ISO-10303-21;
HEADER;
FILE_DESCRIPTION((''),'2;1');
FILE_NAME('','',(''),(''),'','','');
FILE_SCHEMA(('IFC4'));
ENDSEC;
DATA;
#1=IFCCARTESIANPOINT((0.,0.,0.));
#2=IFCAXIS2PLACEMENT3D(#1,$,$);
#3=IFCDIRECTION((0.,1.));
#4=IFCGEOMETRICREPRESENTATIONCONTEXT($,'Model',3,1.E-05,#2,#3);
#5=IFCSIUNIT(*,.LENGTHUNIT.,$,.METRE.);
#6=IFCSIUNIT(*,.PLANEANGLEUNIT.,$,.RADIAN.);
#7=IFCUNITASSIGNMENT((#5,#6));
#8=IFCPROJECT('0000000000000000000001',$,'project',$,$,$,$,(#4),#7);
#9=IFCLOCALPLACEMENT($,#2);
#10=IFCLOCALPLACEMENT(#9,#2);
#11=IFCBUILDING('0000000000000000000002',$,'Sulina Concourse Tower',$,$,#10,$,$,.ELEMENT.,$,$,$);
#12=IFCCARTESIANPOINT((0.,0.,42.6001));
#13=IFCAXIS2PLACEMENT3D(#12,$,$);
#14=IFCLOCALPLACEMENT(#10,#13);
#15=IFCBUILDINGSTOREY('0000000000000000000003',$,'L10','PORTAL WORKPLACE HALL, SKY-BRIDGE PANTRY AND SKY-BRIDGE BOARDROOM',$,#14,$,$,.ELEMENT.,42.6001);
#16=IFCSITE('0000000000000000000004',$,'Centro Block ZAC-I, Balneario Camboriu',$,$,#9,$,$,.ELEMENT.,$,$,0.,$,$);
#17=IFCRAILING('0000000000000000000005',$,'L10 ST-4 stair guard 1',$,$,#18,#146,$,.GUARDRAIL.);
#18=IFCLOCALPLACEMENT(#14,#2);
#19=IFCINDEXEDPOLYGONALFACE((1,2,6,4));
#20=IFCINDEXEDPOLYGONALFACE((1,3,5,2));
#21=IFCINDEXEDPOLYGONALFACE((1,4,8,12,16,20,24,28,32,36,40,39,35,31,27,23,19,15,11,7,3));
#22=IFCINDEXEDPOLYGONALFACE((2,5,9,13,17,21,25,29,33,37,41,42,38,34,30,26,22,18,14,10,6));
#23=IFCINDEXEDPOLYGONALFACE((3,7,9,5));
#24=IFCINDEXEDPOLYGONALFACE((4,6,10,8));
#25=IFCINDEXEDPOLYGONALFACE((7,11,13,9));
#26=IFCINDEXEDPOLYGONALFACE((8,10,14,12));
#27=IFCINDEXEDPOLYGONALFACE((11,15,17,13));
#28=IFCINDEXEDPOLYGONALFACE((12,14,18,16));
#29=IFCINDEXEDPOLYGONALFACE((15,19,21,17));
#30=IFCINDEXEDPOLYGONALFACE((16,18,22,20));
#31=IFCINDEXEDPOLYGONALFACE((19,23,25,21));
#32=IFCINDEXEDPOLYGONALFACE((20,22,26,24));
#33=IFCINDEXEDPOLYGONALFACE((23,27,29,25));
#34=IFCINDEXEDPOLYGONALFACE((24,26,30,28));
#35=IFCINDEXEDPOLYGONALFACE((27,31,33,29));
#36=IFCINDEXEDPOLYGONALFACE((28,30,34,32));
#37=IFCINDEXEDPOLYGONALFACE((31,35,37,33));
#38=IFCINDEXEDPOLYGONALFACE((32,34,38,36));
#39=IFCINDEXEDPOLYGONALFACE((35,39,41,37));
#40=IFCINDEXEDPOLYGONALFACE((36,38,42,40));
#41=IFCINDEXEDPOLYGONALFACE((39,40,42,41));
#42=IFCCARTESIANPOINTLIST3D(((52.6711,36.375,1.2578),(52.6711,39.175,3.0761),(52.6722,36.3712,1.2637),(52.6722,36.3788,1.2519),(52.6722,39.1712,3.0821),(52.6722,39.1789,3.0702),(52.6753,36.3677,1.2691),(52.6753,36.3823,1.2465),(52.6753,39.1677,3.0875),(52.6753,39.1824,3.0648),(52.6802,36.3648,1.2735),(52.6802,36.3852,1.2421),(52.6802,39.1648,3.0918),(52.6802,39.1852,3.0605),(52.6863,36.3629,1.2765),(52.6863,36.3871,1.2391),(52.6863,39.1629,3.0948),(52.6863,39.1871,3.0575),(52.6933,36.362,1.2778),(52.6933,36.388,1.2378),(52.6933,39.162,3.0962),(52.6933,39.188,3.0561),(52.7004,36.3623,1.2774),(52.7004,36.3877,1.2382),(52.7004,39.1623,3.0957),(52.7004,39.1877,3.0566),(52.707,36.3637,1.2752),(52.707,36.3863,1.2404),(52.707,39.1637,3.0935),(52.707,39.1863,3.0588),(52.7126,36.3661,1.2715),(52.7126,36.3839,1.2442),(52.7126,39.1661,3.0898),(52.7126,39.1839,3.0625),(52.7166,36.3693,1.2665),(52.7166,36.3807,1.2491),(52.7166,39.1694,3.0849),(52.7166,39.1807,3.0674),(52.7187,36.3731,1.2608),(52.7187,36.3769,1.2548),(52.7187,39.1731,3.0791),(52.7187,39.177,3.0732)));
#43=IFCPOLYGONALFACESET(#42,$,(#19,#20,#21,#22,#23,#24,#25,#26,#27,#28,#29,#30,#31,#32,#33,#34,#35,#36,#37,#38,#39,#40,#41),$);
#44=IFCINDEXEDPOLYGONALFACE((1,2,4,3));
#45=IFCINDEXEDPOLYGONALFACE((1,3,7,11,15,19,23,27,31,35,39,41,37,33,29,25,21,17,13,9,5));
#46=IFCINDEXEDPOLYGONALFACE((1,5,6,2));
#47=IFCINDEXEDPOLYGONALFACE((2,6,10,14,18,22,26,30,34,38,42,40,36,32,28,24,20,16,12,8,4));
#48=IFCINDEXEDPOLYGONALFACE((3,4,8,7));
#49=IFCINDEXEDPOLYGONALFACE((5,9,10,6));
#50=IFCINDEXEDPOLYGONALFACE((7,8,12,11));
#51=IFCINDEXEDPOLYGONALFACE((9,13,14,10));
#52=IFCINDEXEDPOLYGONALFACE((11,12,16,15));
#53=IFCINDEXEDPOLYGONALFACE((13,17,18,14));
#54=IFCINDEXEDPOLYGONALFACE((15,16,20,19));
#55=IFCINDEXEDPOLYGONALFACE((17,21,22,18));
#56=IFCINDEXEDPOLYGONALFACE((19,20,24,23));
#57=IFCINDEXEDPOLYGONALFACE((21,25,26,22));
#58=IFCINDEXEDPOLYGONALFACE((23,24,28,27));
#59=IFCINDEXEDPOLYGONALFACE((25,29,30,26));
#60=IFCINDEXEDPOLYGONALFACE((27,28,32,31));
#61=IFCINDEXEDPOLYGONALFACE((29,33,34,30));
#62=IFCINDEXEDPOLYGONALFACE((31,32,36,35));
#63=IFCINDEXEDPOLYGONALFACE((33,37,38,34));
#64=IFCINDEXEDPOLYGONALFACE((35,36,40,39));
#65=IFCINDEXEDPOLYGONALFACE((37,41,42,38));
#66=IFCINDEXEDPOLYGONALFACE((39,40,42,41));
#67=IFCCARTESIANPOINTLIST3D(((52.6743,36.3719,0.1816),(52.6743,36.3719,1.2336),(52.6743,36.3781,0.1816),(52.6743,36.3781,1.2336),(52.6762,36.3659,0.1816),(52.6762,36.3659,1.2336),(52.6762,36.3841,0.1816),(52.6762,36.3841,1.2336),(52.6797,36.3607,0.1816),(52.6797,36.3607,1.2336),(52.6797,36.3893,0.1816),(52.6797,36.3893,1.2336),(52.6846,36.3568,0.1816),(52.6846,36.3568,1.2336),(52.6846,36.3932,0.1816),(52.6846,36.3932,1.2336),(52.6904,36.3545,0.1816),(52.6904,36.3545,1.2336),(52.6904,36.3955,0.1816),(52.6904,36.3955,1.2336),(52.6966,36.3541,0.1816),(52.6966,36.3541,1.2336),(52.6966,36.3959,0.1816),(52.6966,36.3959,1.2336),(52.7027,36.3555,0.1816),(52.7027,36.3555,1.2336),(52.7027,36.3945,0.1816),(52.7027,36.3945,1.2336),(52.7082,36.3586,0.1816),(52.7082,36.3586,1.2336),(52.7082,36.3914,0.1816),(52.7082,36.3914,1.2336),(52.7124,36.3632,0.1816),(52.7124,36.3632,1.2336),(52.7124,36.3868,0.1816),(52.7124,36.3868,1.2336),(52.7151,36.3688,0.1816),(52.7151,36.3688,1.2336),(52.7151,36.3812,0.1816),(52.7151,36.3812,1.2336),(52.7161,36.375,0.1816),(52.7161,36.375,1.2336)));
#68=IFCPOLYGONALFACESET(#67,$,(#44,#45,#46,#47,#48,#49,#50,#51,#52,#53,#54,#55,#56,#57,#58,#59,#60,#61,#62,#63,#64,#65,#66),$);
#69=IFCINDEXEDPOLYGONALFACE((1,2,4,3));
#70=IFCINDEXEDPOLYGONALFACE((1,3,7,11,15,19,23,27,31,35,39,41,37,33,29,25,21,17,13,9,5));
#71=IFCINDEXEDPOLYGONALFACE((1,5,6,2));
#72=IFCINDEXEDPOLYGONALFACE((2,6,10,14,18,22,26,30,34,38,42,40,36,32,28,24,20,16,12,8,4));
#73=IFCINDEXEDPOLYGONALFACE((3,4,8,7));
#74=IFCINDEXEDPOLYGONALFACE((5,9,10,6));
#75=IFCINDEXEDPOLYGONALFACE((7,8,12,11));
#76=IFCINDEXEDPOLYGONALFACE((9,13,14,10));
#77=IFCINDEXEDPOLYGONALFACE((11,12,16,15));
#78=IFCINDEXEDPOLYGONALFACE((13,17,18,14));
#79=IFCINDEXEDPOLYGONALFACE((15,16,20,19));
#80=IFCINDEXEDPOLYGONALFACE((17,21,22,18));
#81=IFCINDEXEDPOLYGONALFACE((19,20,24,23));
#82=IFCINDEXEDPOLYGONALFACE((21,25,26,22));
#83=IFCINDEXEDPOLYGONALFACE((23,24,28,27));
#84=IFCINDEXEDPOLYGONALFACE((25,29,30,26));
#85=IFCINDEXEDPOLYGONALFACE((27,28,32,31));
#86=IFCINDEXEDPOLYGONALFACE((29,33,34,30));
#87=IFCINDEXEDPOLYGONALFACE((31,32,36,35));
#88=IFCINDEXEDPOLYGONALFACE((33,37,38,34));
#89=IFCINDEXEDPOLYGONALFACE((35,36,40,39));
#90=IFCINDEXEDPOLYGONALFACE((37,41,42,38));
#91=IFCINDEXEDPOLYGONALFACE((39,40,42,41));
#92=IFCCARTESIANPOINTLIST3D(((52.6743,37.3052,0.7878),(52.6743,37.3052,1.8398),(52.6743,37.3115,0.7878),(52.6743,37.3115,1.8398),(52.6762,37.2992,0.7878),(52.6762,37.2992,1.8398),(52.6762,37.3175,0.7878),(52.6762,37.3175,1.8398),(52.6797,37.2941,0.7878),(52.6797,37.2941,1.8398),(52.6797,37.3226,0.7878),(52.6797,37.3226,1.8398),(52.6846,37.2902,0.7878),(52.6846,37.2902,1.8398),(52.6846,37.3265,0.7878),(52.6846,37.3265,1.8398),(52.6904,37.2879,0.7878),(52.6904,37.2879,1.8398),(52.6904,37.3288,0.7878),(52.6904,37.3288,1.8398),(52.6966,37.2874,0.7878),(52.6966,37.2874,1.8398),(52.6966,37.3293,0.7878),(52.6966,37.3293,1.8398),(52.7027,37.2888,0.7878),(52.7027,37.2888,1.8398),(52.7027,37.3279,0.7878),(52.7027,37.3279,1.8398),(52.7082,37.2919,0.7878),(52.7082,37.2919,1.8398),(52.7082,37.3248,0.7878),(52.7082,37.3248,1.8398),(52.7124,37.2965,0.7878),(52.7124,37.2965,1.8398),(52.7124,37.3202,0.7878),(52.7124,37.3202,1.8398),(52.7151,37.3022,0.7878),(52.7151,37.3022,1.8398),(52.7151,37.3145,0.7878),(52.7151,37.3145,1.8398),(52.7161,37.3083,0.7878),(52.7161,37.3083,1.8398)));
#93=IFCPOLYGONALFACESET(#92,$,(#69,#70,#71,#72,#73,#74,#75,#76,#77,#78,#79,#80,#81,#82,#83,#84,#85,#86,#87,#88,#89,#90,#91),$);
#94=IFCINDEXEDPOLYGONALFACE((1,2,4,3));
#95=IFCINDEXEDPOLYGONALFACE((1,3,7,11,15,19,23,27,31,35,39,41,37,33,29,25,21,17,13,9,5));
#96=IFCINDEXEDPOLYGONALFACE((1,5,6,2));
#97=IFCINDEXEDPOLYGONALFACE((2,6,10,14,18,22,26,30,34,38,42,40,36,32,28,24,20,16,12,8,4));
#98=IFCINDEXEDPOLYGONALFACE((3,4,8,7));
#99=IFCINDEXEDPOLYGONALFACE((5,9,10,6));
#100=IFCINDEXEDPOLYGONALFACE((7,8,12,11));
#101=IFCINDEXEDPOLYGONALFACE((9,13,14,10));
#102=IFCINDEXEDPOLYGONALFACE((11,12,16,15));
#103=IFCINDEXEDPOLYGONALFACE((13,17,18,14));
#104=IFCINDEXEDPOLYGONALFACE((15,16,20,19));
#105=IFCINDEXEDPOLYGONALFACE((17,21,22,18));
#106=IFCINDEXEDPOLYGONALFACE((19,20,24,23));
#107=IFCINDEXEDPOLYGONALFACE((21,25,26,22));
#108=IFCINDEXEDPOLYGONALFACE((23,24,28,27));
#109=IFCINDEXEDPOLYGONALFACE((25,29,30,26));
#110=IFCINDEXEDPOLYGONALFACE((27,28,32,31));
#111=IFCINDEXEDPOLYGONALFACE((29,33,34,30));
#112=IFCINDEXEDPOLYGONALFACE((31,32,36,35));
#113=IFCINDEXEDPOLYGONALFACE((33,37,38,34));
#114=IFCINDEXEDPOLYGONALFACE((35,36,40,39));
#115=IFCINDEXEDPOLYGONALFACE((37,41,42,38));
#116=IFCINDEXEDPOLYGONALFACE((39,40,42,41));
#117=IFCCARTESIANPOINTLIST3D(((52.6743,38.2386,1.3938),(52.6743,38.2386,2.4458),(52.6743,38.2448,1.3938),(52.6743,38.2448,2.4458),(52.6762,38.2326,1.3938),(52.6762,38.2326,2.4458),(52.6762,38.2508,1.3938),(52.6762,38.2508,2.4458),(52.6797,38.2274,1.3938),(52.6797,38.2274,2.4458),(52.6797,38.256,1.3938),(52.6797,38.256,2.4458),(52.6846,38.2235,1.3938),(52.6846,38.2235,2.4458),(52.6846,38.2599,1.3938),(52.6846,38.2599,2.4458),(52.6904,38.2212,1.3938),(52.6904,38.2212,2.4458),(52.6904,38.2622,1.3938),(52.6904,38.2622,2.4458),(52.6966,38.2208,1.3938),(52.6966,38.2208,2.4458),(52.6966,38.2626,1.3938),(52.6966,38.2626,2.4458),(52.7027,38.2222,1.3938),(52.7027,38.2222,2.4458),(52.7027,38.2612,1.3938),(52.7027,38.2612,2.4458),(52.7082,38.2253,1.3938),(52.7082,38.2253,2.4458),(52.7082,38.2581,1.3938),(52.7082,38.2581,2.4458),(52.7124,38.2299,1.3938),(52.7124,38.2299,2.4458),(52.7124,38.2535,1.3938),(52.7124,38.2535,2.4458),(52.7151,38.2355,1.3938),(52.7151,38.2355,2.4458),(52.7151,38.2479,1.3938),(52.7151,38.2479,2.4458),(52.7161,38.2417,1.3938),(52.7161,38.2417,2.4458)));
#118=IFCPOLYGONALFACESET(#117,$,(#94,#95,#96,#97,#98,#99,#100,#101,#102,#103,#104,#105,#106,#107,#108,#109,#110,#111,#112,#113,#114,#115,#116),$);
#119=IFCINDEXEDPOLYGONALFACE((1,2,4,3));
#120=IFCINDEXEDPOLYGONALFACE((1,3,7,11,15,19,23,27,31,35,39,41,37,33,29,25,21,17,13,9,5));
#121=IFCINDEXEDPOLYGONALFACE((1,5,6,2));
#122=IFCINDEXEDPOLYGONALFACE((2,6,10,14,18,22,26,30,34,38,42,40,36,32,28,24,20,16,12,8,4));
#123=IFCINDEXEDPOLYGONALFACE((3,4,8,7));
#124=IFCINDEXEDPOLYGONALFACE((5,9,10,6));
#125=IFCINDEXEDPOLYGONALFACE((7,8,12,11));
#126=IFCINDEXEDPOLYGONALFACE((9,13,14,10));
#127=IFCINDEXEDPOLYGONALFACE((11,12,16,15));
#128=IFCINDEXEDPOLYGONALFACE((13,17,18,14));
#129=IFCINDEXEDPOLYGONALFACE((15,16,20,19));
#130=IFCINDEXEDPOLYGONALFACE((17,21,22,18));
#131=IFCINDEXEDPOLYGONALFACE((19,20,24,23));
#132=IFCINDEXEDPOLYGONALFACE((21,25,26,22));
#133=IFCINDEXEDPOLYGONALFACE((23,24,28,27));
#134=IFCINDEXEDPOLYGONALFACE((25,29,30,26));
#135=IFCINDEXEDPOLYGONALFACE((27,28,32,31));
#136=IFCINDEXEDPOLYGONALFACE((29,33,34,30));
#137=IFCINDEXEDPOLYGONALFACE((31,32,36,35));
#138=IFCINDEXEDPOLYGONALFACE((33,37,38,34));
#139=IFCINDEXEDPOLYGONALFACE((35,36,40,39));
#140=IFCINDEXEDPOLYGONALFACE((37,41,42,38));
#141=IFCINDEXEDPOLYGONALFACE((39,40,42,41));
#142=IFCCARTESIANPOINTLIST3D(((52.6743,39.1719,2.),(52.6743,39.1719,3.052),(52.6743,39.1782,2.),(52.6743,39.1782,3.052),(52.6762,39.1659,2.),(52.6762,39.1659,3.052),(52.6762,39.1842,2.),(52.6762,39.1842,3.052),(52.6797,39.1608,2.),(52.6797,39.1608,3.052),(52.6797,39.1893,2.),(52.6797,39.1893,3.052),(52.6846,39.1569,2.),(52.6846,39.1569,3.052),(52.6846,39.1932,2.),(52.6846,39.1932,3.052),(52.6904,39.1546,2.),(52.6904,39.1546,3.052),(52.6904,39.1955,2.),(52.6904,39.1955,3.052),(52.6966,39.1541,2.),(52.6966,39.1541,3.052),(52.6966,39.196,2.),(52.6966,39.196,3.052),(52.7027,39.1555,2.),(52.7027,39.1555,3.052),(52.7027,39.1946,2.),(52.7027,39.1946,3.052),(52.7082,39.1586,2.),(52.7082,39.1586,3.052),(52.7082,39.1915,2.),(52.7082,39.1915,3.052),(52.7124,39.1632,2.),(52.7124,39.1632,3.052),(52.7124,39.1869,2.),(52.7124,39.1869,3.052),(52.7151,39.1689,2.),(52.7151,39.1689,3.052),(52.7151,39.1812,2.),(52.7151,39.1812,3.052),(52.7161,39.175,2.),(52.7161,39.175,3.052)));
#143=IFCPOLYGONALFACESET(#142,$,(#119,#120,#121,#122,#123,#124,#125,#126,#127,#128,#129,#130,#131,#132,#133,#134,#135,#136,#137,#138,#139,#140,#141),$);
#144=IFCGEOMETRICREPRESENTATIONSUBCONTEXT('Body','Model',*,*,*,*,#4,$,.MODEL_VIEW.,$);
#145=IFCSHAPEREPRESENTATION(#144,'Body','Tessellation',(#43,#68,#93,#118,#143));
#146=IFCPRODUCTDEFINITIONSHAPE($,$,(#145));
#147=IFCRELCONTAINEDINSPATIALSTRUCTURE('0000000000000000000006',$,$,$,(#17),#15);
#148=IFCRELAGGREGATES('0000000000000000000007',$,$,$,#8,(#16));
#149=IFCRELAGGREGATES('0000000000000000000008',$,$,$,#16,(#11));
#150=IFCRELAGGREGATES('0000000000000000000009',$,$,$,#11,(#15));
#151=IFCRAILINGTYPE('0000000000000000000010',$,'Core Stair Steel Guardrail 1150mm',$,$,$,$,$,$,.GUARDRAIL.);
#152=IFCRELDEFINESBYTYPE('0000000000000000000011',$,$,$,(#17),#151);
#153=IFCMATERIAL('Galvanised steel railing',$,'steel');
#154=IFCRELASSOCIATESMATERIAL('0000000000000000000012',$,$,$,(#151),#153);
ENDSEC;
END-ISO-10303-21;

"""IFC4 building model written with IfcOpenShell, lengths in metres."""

from ifc_helpers import new_model, si_unit, direction, frame, origin, origin_2d, place, context, subcontext, project, spatial, circle, extrude, material, type_object, element, save


model = new_model("IFC4")

# Units and contexts
model_context = context("Model", 3, precision=1e-05, world=origin(), true_north=direction((0.0, 1.0)))
body_context = subcontext(model_context, "Body", "Model", "MODEL_VIEW")
ifc_project = project(units=[si_unit("LENGTHUNIT", "METRE"), si_unit("PLANEANGLEUNIT", "RADIAN")], contexts=[model_context])

# Site, building, storey
site_placement = place(None, origin())
site = spatial("IfcSite", under=ifc_project, at=site_placement, Name="Centro Block ZAC-I, Balneario Camboriu", CompositionType="ELEMENT", RefElevation=0.0)
building_placement = place(site_placement, origin())
building = spatial("IfcBuilding", under=site, at=building_placement, Name="Sulina Concourse Tower", CompositionType="ELEMENT")
storey_placement = place(building_placement, frame((0.0, 0.0, 42.6001)))
storey = spatial("IfcBuildingStorey", under=building, at=storey_placement, Name="L10", Description="PORTAL WORKPLACE HALL, SKY-BRIDGE PANTRY AND SKY-BRIDGE BOARDROOM", CompositionType="ELEMENT", Elevation=42.6001)

# Railing
ifc_material_1 = material(Name="Galvanised steel railing", Category="steel")
railing_type_1 = type_object("IfcRailingType", Name="Core Stair Steel Guardrail 1150mm", PredefinedType="GUARDRAIL", material=ifc_material_1)
railing_1_placement = place(storey_placement, frame((52.6951, 36.375, 0.1816)))
element("IfcRailing", 1, at=railing_1_placement, inside=storey, type_object=railing_type_1, Name="L10 ST-4 stair guard 1", PredefinedType="GUARDRAIL", context=body_context, shape_type="SweptSolid", body=[
    extrude(circle(Radius=0.0239, at=origin_2d()), frame((0.0, 0.0, 1.0762), z_axis=(0.0, 0.838672, 0.544636), x_axis=(-1.0, 0.0, 0.0)), (0.0, 0.0, 1.0), 3.3386),
    extrude(circle(Radius=0.021, at=origin_2d()), origin(), (0.0, 0.0, 1.0), 1.052),
    extrude(circle(Radius=0.021, at=origin_2d()), frame((0.0, 0.9333, 0.6062)), (0.0, 0.0, 1.0), 1.052),
    extrude(circle(Radius=0.021, at=origin_2d()), frame((0.0, 1.8667, 1.2122)), (0.0, 0.0, 1.0), 1.052),
    extrude(circle(Radius=0.021, at=origin_2d()), frame((0.0, 2.8, 1.8184)), (0.0, 0.0, 1.0), 1.052),
])

save(model, "model.ifc")
